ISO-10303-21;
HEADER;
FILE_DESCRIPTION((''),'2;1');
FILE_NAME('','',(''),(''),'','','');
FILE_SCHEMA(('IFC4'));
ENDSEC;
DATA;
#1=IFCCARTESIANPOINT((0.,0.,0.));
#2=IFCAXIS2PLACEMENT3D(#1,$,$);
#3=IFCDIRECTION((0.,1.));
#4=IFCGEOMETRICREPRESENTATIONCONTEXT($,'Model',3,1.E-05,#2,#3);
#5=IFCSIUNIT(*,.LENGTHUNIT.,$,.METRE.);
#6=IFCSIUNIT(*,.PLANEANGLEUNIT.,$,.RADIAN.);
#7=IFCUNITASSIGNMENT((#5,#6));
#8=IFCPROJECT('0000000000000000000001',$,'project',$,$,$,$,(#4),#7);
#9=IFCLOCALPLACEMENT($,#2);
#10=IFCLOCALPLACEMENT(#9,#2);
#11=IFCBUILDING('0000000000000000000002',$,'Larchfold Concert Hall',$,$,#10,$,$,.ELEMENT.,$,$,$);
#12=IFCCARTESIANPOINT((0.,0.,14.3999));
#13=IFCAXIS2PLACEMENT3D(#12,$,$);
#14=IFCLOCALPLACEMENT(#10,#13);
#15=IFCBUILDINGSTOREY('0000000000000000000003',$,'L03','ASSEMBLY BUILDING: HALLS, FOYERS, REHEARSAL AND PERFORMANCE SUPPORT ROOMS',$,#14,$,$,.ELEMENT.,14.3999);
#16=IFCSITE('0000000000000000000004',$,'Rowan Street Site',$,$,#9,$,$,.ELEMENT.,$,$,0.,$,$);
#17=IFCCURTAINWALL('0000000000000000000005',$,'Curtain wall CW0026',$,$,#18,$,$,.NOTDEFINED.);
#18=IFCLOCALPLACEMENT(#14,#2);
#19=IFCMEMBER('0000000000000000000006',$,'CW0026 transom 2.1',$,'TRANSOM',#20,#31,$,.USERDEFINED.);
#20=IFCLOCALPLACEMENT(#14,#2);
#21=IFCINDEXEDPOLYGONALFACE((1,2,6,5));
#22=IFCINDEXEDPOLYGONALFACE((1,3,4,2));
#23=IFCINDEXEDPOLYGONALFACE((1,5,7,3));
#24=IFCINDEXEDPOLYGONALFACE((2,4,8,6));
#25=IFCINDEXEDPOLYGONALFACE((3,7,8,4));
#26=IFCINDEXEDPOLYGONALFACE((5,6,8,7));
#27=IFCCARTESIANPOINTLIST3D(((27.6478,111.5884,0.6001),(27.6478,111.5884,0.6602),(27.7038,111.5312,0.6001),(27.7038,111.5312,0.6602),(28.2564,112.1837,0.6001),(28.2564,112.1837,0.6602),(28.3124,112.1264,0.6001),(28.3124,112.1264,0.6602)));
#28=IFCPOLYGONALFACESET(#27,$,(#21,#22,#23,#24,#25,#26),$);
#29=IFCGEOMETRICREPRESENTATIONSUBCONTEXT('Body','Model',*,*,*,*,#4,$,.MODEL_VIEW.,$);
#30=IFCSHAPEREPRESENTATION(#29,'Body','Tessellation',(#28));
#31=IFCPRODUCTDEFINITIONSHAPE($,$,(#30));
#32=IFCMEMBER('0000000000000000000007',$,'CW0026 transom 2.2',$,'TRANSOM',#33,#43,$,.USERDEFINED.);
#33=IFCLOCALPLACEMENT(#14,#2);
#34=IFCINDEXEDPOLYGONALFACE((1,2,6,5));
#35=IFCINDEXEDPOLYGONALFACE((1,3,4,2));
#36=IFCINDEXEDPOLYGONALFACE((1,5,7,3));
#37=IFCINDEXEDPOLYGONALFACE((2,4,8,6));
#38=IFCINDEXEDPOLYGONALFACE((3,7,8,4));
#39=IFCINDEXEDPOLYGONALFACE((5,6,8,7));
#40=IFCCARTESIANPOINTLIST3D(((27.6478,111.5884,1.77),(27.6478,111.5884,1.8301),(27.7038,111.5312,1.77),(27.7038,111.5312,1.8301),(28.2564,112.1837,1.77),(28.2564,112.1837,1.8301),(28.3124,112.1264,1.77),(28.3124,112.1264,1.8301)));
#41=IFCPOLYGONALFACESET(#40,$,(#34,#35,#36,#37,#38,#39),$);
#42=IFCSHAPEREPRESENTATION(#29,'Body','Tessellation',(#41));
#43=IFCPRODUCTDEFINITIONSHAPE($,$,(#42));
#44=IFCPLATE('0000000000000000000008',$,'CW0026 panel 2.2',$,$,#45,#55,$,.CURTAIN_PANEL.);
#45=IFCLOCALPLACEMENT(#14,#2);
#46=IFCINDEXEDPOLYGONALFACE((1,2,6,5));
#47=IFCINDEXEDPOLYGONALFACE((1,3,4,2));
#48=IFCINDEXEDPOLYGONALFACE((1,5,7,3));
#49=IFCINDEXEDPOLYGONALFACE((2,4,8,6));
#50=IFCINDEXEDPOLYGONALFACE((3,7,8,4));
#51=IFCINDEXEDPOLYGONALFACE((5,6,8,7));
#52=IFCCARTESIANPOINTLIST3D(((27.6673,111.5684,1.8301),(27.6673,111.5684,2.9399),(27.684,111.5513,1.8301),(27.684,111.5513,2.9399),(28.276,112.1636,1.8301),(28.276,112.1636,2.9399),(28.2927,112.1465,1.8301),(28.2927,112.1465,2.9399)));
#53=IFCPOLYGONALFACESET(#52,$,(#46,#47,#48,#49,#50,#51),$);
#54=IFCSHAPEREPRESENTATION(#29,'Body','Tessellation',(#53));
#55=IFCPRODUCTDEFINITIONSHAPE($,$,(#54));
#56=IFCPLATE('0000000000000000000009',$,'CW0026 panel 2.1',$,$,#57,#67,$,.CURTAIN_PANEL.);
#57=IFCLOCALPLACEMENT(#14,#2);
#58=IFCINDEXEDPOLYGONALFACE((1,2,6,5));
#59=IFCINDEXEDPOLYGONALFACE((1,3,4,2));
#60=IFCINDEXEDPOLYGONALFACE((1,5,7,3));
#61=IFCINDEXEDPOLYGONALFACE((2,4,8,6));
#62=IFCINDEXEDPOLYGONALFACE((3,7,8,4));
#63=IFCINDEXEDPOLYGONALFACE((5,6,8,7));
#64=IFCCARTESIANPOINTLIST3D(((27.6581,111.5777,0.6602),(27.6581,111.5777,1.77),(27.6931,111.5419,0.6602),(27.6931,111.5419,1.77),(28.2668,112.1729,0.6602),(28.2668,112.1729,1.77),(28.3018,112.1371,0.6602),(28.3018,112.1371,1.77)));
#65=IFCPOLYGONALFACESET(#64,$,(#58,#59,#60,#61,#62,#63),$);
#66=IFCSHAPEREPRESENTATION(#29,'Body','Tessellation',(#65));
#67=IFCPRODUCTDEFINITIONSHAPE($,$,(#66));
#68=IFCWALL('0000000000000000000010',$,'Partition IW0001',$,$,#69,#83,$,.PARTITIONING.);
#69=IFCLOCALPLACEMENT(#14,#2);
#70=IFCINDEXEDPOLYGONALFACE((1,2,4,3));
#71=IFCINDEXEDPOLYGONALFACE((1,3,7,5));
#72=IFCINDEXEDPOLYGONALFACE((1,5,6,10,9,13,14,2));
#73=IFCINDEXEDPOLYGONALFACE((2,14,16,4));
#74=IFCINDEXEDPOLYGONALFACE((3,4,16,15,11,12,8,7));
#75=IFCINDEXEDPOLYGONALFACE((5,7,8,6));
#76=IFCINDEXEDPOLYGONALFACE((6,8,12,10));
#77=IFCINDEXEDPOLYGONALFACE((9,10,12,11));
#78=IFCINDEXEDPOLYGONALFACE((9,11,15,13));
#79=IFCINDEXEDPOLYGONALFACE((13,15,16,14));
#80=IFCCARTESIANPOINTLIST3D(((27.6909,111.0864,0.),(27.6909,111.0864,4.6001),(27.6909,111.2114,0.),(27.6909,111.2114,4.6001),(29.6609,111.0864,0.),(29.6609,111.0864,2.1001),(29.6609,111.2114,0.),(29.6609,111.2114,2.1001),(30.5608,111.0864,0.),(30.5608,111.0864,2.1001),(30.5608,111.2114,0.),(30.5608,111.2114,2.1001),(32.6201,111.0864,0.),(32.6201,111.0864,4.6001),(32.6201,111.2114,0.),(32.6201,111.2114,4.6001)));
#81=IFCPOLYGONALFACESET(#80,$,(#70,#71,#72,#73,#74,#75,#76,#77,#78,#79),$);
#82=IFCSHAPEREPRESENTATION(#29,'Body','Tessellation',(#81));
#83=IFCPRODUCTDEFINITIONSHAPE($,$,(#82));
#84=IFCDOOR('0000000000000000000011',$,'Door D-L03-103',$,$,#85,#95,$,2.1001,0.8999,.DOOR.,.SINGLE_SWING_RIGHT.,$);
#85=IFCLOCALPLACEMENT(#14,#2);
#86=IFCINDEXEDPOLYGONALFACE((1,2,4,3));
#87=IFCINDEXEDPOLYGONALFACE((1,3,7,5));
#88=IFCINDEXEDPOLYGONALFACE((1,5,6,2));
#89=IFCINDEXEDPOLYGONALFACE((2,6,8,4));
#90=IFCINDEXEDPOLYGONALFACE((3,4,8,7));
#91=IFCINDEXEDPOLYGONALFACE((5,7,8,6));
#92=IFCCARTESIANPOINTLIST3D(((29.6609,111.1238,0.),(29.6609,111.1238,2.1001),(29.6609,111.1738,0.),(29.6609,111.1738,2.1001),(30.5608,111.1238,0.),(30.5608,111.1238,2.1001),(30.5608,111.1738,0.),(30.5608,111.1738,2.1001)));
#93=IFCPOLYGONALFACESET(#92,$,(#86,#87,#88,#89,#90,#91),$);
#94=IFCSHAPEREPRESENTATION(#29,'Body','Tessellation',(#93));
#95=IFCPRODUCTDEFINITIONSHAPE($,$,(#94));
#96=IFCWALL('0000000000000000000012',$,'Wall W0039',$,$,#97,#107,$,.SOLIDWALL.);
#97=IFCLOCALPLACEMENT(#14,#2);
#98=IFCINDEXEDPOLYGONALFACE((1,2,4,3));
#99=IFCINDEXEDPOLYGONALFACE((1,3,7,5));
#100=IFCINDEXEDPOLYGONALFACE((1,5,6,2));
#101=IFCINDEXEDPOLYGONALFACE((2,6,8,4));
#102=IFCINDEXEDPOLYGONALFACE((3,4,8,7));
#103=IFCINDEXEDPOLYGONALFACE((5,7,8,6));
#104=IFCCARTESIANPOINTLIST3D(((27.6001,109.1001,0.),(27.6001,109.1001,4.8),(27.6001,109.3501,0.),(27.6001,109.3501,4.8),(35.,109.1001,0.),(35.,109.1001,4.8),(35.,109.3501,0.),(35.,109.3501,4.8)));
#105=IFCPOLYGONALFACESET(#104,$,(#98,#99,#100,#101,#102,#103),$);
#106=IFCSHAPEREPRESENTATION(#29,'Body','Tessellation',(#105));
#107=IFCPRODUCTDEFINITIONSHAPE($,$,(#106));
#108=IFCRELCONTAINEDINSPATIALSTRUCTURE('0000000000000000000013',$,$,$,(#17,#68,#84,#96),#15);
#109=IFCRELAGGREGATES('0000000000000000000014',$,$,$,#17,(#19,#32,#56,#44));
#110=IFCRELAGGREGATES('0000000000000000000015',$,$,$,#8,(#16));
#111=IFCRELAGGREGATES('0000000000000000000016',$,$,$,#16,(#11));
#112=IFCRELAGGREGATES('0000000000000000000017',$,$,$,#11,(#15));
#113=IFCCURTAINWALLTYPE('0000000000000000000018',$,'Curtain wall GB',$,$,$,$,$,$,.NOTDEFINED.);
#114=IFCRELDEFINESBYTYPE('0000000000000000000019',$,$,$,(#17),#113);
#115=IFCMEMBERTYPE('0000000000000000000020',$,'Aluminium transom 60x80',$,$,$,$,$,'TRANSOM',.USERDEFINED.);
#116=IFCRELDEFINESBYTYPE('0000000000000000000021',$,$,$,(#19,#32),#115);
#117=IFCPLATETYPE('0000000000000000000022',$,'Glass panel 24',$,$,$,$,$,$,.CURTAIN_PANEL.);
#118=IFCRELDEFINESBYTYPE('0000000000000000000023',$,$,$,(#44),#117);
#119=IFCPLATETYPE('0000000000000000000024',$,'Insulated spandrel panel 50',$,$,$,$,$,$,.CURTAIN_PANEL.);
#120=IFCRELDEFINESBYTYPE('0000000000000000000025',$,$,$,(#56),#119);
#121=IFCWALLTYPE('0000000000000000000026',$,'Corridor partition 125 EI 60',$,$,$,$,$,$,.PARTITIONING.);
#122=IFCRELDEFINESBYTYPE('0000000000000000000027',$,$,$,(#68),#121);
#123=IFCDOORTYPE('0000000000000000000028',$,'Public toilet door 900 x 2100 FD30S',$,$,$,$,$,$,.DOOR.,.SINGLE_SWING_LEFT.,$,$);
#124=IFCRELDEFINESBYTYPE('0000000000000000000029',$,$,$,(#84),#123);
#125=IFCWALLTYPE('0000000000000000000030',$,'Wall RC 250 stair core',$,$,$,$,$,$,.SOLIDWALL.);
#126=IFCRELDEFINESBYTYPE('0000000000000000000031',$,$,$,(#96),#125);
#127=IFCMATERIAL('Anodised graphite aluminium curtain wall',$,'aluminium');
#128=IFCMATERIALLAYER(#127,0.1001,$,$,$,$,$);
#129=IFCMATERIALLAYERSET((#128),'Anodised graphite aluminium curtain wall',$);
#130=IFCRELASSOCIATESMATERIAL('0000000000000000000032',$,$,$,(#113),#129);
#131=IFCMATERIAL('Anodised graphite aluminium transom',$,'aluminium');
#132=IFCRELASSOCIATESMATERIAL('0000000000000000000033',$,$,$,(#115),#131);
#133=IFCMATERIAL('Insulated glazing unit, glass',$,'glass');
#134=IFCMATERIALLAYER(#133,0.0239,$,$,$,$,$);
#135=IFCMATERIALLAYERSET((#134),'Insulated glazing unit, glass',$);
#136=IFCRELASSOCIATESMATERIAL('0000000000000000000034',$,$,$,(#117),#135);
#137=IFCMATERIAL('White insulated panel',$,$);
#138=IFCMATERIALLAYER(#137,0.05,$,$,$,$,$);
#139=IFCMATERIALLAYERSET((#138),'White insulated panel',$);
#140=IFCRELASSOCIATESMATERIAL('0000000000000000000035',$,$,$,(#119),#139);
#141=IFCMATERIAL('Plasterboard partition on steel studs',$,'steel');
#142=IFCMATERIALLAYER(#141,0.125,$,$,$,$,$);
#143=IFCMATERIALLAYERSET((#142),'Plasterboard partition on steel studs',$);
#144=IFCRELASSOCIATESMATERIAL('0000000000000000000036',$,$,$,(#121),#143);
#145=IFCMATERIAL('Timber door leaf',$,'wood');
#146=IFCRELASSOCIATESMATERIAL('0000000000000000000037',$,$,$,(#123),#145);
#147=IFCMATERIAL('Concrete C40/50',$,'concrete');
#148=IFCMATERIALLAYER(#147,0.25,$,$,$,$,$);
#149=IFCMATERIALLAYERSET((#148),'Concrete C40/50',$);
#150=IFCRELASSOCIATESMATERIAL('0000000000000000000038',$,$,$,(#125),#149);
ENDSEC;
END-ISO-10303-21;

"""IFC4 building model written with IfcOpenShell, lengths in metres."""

from ifc_helpers import new_model, si_unit, direction, frame, frame_2d, origin, origin_2d, place, context, subcontext, project, spatial, rectangle, extrude, material, layer, layer_set, material_profile, profile_set, type_object, element, fill, aggregate, save


model = new_model("IFC4")

# Units and contexts
model_context = context("Model", 3, precision=1e-05, world=origin(), true_north=direction((0.0, 1.0)))
body_context = subcontext(model_context, "Body", "Model", "MODEL_VIEW")
ifc_project = project(units=[si_unit("LENGTHUNIT", "METRE"), si_unit("PLANEANGLEUNIT", "RADIAN")], contexts=[model_context])

# Site, building, storey
site_placement = place(None, origin())
site = spatial("IfcSite", under=ifc_project, at=site_placement, Name="Rowan Street Site", CompositionType="ELEMENT", RefElevation=0.0)
building_placement = place(site_placement, origin())
building = spatial("IfcBuilding", under=site, at=building_placement, Name="Larchfold Concert Hall", CompositionType="ELEMENT")
storey_placement = place(building_placement, frame((0.0, 0.0, 14.3999)))
storey = spatial("IfcBuildingStorey", under=building, at=storey_placement, Name="L03", Description="ASSEMBLY BUILDING: HALLS, FOYERS, REHEARSAL AND PERFORMANCE SUPPORT ROOMS", CompositionType="ELEMENT", Elevation=14.3999)

# Curtain wall
ifc_material_1 = material(Name="Anodised graphite aluminium curtain wall", Category="aluminium")
ifc_layer_1 = layer(ifc_material_1, 0.1001)
ifc_layer_set_1 = layer_set([ifc_layer_1], Name="Anodised graphite aluminium curtain wall")
curtain_wall_type = type_object("IfcCurtainWallType", Name="Curtain wall GB", PredefinedType="NOTDEFINED", material=ifc_layer_set_1)
curtain_wall_1_placement = place(storey_placement, origin())
curtain_wall_1 = element("IfcCurtainWall", 1, at=curtain_wall_1_placement, inside=storey, type_object=curtain_wall_type, Name="Curtain wall CW0026", PredefinedType="NOTDEFINED")

# Members
ifc_material_2 = material(Name="Anodised graphite aluminium transom", Category="aluminium")
ifc_material_profile_1 = material_profile(ifc_material_2, rectangle(XDim=0.0801, YDim=0.0601, at=origin_2d()))
ifc_profile_set_1 = profile_set([ifc_material_profile_1], Name="Anodised graphite aluminium transom")
member_type_1 = type_object("IfcMemberType", Name="Aluminium transom 60x80", ElementType="TRANSOM", PredefinedType="USERDEFINED", material=ifc_profile_set_1)
member_1_placement = place(storey_placement, frame((28.2844, 112.155, 0.6301), z_axis=(-0.714949, -0.699176, 0.0), x_axis=(0.699176, -0.714949, 0.0)))
member_1 = element("IfcMember", 2, at=member_1_placement, type_object=member_type_1, Name="CW0026 transom 2.1", ObjectType="TRANSOM", PredefinedType="USERDEFINED", context=body_context, shape_type="SweptSolid", body=[
    extrude(rectangle(XDim=0.0801, YDim=0.0601, at=origin_2d()), origin(), (0.0, 0.0, 1.0), 0.8513),
])
member_2_placement = place(storey_placement, frame((28.2844, 112.155, 1.8), z_axis=(-0.714949, -0.699176, 0.0), x_axis=(0.699176, -0.714949, 0.0)))
member_2 = element("IfcMember", 3, at=member_2_placement, type_object=member_type_1, Name="CW0026 transom 2.2", ObjectType="TRANSOM", PredefinedType="USERDEFINED", context=body_context, shape_type="SweptSolid", body=[
    extrude(rectangle(XDim=0.0801, YDim=0.0601, at=origin_2d()), origin(), (0.0, 0.0, 1.0), 0.8513),
])

# Plates
ifc_material_3 = material(Name="Insulated glazing unit, glass", Category="glass")
ifc_layer_2 = layer(ifc_material_3, 0.0239)
ifc_layer_set_2 = layer_set([ifc_layer_2], Name="Insulated glazing unit, glass")
plate_type_1 = type_object("IfcPlateType", Name="Glass panel 24", PredefinedType="CURTAIN_PANEL", material=ifc_layer_set_2)
plate_1_placement = place(storey_placement, frame((27.98, 111.8574, 1.8301), z_axis=(0.0, 0.0, 1.0), x_axis=(-0.714974, -0.699152, 0.0)))
plate_1 = element("IfcPlate", 4, at=plate_1_placement, type_object=plate_type_1, Name="CW0026 panel 2.2", PredefinedType="CURTAIN_PANEL", context=body_context, shape_type="SweptSolid", body=[
    extrude(rectangle(XDim=0.8513, YDim=0.0239, at=origin_2d()), origin(), (0.0, 0.0, 1.0), 1.1099),
])
ifc_material_4 = material(Name="White insulated panel")
ifc_layer_3 = layer(ifc_material_4, 0.05)
ifc_layer_set_3 = layer_set([ifc_layer_3], Name="White insulated panel")
plate_type_2 = type_object("IfcPlateType", Name="Insulated spandrel panel 50", PredefinedType="CURTAIN_PANEL", material=ifc_layer_set_3)
plate_2_placement = place(storey_placement, frame((27.98, 111.8574, 0.6602), z_axis=(0.0, 0.0, 1.0), x_axis=(-0.714974, -0.699152, 0.0)))
plate_2 = element("IfcPlate", 5, at=plate_2_placement, type_object=plate_type_2, Name="CW0026 panel 2.1", PredefinedType="CURTAIN_PANEL", context=body_context, shape_type="SweptSolid", body=[
    extrude(rectangle(XDim=0.8513, YDim=0.05, at=origin_2d()), origin(), (0.0, 0.0, 1.0), 1.1099),
])
aggregate(curtain_wall_1, [member_1, member_2, plate_2, plate_1])

# Wall, opening, door
ifc_material_5 = material(Name="Plasterboard partition on steel studs", Category="steel")
ifc_layer_4 = layer(ifc_material_5, 0.125)
ifc_layer_set_4 = layer_set([ifc_layer_4], Name="Plasterboard partition on steel studs")
wall_type_1 = type_object("IfcWallType", Name="Corridor partition 125 EI 60", PredefinedType="PARTITIONING", material=ifc_layer_set_4)
wall_1_placement = place(storey_placement, frame((27.6909, 111.1489, 0.0), z_axis=(0.0, 0.0, 1.0), x_axis=(1.0, 0.0, 0.0)))
wall_1 = element("IfcWall", 6, at=wall_1_placement, inside=storey, type_object=wall_type_1, Name="Partition IW0001", PredefinedType="PARTITIONING", context=body_context, shape_type="SweptSolid", body=[
    extrude(rectangle(XDim=4.9292, YDim=0.125, at=frame_2d((2.4646, 0.0))), origin(), (0.0, 0.0, 1.0), 4.6001),
])
opening_1_placement = place(wall_1_placement, frame((1.97, 0.0, 0.0)))
opening_1 = element("IfcOpeningElement", 7, at=opening_1_placement, cuts=wall_1, PredefinedType="OPENING", context=body_context, shape_type="SweptSolid", body=[
    extrude(rectangle(XDim=0.8999, YDim=2.1001, at=frame_2d((0.45, 1.05))), frame((0.0, 0.0725, 0.0), z_axis=(0.0, -1.0, 0.0), x_axis=(1.0, 0.0, 0.0)), (0.0, 0.0, 1.0), 0.145),
])
ifc_material_6 = material(Name="Timber door leaf", Category="wood")
door_type = type_object("IfcDoorType", Name="Public toilet door 900 x 2100 FD30S", OperationType="SINGLE_SWING_LEFT", PredefinedType="DOOR", material=ifc_material_6)
door_placement = place(opening_1_placement, origin())
door = element("IfcDoor", 8, at=door_placement, inside=storey, type_object=door_type, Name="Door D-L03-103", OperationType="SINGLE_SWING_RIGHT", OverallHeight=2.1001, OverallWidth=0.8999, PredefinedType="DOOR", context=body_context, shape_type="SweptSolid", body=[
    extrude(rectangle(XDim=0.8999, YDim=2.1001, at=frame_2d((0.45, 1.05))), frame((0.0, 0.0249, 0.0), z_axis=(0.0, -1.0, 0.0), x_axis=(1.0, 0.0, 0.0)), (0.0, 0.0, 1.0), 0.05),
])
fill(opening_1, door)

# Wall
ifc_material_7 = material(Name="Concrete C40/50", Category="concrete")
ifc_layer_5 = layer(ifc_material_7, 0.25)
ifc_layer_set_5 = layer_set([ifc_layer_5], Name="Concrete C40/50")
wall_type_2 = type_object("IfcWallType", Name="Wall RC 250 stair core", PredefinedType="SOLIDWALL", material=ifc_layer_set_5)
wall_2_placement = place(storey_placement, frame((27.6001, 109.2251, 0.0), z_axis=(0.0, 0.0, 1.0), x_axis=(1.0, 0.0, 0.0)))
element("IfcWall", 9, at=wall_2_placement, inside=storey, type_object=wall_type_2, Name="Wall W0039", PredefinedType="SOLIDWALL", context=body_context, shape_type="SweptSolid", body=[
    extrude(rectangle(XDim=7.3999, YDim=0.25, at=frame_2d((3.7, 0.0))), origin(), (0.0, 0.0, 1.0), 4.8),
])

save(model, "model.ifc")
